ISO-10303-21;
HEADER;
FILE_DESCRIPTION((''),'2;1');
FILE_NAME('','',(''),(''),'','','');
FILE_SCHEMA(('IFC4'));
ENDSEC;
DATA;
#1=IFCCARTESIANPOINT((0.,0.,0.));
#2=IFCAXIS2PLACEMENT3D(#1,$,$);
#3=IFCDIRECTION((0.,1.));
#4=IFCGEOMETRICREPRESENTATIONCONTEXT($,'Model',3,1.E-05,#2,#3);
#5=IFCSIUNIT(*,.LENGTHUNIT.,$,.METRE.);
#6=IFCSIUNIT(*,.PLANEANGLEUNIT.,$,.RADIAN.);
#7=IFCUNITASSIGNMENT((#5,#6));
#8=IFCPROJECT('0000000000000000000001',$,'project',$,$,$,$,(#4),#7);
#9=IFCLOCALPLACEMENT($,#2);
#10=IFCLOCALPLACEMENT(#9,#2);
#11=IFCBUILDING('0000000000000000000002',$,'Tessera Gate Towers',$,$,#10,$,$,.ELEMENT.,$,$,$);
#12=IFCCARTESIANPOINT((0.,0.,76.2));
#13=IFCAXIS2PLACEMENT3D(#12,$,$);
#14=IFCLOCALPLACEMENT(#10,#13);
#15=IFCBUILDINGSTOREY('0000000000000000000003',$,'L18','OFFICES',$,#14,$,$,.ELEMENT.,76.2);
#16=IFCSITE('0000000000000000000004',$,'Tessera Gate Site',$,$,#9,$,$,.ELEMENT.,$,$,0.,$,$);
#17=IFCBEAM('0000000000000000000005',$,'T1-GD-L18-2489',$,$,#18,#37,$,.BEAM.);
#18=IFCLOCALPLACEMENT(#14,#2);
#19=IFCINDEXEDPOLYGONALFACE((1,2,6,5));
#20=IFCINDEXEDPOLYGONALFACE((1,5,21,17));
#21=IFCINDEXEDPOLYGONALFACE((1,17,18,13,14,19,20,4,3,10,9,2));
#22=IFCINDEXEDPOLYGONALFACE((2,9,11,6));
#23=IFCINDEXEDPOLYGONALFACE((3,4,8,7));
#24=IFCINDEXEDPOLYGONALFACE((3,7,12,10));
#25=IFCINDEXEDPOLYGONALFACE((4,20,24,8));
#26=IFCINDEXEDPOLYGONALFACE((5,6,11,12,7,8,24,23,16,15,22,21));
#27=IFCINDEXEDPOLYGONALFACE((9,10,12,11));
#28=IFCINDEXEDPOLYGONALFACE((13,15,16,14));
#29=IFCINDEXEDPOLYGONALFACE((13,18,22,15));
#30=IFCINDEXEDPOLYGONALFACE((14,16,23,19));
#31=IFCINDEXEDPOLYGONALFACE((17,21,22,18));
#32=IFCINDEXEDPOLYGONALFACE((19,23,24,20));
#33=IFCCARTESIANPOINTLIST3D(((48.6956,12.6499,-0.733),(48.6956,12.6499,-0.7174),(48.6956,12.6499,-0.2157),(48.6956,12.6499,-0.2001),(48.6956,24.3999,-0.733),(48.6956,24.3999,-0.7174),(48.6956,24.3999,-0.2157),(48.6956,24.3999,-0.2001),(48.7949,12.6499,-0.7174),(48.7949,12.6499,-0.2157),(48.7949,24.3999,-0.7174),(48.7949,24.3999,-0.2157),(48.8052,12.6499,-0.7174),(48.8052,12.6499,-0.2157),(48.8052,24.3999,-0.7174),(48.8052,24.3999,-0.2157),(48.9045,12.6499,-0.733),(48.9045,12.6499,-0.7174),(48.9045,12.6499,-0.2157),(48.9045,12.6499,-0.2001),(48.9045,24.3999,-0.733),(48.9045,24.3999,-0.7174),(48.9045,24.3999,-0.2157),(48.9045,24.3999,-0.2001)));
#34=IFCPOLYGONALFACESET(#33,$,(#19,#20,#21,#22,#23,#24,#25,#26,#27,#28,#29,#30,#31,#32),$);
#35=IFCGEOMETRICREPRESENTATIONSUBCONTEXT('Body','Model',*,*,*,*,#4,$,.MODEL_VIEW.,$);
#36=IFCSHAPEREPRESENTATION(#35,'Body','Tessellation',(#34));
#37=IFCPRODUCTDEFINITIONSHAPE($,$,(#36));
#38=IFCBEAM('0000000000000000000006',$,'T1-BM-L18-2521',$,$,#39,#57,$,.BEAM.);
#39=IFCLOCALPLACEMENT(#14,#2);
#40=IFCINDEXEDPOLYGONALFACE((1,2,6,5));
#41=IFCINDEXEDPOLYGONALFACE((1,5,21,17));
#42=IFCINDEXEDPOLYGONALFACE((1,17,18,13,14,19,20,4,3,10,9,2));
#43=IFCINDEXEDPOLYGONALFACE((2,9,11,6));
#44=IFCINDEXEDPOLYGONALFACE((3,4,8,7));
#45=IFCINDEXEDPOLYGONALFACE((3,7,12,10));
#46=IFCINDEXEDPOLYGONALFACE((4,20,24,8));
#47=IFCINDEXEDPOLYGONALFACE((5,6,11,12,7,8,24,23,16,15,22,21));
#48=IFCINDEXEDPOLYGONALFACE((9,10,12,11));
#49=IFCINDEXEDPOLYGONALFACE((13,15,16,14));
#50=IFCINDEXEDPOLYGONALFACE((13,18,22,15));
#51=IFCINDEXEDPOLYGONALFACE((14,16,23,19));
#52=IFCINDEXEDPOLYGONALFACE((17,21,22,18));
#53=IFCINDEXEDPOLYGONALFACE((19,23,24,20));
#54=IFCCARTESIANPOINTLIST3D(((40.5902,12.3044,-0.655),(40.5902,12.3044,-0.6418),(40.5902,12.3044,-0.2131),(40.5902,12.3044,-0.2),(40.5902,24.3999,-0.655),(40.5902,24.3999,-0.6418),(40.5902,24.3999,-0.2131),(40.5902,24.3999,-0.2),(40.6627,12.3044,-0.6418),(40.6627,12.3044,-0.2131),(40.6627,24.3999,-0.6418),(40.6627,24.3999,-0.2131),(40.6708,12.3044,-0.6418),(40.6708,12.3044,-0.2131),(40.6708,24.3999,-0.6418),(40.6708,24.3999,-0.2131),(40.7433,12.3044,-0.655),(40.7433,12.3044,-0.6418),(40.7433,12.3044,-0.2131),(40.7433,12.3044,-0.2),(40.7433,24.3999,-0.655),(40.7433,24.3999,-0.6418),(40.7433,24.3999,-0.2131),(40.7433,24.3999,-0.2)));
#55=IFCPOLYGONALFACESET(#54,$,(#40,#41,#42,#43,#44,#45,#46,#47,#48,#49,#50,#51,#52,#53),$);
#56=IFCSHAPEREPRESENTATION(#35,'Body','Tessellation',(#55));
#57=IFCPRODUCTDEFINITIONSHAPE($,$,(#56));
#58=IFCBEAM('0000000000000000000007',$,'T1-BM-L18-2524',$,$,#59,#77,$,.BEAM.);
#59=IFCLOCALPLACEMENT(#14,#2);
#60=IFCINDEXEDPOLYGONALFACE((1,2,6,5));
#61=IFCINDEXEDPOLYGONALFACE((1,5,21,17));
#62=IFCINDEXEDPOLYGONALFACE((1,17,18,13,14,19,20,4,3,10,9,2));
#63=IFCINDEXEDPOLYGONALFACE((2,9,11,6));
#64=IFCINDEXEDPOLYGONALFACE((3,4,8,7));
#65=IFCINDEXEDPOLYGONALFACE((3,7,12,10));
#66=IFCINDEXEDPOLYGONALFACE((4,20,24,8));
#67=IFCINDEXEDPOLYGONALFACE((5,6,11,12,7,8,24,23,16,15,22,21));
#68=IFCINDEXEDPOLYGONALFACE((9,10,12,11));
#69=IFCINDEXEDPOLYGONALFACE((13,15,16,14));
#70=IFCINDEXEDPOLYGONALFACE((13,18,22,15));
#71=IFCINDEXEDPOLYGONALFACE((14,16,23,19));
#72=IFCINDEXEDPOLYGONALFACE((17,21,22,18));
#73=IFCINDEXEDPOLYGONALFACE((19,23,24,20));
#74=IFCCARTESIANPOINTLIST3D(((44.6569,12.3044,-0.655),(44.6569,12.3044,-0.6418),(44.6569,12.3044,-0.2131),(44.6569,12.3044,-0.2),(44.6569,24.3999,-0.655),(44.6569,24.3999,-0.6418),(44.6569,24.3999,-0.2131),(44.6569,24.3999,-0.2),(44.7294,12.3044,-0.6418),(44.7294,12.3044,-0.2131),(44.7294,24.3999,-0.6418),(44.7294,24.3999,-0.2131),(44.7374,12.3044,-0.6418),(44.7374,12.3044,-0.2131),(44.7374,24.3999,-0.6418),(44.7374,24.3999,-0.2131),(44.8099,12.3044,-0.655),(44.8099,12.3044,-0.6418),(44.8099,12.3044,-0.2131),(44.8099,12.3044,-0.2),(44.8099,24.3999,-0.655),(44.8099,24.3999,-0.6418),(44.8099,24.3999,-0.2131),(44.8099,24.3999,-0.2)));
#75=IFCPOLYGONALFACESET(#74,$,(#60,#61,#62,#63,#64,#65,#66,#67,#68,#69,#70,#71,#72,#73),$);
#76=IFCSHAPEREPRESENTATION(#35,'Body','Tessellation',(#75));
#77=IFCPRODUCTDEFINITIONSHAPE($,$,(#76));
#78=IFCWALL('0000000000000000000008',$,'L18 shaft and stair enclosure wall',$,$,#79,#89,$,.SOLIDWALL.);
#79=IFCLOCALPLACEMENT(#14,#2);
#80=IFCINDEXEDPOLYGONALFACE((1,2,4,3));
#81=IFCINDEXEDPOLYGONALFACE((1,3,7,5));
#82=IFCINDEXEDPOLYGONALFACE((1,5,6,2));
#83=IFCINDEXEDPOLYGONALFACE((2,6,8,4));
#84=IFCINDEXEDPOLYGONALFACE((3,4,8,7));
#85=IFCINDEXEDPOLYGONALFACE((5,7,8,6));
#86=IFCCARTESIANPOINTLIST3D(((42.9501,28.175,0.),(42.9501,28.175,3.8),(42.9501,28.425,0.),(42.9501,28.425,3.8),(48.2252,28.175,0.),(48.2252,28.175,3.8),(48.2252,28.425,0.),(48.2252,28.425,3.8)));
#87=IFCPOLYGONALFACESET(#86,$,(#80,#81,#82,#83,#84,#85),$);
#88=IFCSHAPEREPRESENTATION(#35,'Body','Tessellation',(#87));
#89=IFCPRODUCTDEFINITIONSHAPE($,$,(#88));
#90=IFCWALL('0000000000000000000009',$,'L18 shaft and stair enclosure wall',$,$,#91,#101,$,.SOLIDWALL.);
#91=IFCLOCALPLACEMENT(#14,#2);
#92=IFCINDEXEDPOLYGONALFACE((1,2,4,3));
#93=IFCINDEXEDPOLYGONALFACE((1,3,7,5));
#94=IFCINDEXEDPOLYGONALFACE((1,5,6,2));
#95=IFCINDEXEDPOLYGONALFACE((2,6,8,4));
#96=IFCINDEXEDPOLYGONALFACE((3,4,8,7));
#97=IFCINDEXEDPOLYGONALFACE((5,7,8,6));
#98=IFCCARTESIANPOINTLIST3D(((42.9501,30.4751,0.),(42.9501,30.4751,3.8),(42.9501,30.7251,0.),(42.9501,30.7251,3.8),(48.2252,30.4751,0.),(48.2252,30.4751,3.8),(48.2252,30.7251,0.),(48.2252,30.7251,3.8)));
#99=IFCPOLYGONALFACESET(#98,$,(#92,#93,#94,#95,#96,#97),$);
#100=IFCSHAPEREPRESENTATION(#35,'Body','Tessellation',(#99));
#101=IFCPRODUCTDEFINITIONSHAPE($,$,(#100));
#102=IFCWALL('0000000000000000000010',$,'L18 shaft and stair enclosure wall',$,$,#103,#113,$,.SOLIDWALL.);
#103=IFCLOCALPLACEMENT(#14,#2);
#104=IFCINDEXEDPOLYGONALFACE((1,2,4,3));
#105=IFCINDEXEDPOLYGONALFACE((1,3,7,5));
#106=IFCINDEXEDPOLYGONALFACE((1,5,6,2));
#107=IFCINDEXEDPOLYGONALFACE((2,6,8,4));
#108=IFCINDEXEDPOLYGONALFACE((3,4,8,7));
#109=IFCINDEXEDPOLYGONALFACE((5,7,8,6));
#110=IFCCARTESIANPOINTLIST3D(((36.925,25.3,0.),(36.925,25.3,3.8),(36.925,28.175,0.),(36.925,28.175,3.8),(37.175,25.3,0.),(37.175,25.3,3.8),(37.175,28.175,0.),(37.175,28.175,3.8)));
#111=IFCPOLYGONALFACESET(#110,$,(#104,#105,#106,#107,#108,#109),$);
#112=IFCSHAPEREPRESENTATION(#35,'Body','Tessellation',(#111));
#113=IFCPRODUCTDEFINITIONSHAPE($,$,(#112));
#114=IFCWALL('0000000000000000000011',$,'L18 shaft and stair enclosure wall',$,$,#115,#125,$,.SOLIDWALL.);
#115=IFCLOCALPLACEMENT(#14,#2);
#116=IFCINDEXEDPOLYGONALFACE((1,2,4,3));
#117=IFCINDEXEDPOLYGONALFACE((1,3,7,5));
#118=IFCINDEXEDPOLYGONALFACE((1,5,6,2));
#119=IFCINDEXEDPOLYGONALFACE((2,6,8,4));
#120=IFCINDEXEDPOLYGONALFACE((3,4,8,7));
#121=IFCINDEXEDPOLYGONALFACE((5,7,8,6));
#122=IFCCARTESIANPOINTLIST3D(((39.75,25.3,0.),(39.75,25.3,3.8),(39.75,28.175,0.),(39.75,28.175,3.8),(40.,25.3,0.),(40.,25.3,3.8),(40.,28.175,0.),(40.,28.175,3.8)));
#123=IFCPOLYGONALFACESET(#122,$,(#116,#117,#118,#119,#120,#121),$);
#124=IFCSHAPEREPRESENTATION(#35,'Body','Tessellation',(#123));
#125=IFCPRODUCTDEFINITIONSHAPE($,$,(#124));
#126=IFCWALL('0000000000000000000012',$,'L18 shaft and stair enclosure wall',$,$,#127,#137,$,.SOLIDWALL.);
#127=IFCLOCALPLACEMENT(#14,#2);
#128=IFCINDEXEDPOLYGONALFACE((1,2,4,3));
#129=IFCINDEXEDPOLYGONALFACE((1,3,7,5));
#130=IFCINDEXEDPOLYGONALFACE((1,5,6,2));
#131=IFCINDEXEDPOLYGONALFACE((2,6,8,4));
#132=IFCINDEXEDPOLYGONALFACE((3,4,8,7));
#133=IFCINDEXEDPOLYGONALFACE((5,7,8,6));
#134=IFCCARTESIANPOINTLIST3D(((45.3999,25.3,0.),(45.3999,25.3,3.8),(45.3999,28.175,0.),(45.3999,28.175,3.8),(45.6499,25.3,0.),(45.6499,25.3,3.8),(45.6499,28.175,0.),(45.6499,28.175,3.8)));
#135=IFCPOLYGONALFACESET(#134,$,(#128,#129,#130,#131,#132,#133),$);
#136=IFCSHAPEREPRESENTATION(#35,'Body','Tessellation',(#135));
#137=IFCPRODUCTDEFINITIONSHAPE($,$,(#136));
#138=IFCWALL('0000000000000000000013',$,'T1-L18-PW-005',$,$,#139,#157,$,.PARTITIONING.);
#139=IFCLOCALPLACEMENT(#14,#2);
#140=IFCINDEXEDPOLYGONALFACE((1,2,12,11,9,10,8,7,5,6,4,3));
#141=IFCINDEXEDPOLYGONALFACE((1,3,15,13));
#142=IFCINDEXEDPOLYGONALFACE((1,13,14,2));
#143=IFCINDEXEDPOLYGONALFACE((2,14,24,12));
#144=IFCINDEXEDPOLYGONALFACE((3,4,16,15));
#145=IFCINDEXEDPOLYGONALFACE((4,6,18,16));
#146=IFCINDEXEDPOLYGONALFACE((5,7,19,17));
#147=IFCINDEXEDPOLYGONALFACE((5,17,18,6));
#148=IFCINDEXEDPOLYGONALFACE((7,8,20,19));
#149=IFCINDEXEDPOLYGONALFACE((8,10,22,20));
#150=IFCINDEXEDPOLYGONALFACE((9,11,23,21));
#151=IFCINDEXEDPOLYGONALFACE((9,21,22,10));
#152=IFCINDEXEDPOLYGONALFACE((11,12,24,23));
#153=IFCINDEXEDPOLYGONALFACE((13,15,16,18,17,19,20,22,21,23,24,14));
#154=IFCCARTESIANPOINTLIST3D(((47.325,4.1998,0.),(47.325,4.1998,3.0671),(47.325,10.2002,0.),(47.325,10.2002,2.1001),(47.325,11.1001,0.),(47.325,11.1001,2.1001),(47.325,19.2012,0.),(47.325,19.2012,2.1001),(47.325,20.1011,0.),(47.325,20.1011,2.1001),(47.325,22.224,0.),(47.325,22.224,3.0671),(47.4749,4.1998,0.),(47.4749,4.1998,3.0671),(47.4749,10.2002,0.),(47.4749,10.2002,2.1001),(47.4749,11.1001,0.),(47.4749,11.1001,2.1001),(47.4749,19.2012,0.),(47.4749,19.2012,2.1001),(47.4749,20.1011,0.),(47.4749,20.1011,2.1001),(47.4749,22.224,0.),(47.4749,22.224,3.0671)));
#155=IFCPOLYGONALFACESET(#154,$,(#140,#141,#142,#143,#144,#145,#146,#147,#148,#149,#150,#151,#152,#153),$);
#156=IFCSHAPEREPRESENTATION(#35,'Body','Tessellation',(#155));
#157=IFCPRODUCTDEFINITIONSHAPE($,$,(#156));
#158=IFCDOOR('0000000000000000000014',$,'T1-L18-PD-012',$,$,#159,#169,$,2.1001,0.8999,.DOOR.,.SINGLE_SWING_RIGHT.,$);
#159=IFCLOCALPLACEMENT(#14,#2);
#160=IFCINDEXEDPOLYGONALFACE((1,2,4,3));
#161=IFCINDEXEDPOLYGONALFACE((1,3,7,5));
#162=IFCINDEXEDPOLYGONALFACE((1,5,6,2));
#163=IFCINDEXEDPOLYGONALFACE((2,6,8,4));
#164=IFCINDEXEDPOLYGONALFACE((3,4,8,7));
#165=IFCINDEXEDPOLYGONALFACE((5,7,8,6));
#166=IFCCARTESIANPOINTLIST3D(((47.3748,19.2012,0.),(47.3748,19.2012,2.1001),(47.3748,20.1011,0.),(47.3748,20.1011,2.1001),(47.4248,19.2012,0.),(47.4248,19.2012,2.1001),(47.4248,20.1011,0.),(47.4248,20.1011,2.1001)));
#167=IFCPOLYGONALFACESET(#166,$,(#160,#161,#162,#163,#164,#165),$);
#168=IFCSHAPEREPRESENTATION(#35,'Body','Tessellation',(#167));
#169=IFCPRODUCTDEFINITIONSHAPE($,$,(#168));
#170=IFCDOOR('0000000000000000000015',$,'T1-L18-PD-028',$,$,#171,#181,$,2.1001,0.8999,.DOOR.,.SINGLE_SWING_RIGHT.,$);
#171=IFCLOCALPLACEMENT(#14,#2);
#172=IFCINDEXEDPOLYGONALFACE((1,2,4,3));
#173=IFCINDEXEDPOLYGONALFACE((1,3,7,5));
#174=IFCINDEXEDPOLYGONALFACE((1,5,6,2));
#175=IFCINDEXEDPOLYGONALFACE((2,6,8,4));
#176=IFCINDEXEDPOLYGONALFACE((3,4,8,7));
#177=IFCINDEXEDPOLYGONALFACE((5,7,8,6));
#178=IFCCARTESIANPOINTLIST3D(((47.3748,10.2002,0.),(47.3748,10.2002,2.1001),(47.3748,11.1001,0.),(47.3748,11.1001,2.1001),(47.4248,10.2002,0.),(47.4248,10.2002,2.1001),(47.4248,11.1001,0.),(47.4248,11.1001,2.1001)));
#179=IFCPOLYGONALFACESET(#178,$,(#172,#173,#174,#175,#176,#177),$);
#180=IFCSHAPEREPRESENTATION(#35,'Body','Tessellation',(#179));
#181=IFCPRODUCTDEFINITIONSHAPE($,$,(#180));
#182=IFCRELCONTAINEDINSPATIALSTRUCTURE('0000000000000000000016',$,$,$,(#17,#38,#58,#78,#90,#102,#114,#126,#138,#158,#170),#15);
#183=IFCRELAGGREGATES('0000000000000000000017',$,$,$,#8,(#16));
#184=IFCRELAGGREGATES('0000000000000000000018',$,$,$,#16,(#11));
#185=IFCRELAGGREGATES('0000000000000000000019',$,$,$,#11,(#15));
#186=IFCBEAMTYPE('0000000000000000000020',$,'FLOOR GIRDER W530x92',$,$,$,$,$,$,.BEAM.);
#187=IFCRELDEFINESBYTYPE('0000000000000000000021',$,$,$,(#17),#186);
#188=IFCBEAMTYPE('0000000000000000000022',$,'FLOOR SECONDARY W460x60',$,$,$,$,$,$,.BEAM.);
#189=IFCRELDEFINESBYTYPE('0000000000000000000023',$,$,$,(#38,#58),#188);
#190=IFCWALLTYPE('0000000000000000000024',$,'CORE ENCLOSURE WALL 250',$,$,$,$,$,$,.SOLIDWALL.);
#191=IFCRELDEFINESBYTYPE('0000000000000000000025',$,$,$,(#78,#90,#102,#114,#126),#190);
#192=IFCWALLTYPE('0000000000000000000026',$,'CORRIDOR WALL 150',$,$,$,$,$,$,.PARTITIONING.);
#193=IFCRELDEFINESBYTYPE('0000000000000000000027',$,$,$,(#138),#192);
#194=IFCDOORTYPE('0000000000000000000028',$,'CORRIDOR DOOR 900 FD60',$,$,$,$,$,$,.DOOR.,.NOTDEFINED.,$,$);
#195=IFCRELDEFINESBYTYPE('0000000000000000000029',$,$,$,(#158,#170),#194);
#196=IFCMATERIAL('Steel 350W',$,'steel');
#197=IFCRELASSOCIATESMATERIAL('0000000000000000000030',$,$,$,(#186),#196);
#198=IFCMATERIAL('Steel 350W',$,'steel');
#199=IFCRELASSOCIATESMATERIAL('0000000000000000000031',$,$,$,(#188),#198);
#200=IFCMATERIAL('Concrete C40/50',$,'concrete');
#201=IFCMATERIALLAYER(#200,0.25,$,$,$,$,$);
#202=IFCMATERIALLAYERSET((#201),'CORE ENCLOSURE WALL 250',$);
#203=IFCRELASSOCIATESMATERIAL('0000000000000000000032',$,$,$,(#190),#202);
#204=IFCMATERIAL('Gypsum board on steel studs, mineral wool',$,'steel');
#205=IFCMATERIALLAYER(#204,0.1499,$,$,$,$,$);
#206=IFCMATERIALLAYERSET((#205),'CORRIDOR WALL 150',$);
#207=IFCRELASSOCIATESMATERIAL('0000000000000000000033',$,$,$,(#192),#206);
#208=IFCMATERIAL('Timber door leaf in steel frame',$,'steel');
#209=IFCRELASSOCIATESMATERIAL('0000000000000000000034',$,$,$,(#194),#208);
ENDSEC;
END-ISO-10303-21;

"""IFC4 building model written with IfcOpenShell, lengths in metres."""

from ifc_helpers import new_model, si_unit, direction, frame, frame_2d, origin, origin_2d, place, context, subcontext, project, spatial, rectangle, i_section, extrude, source, transform, mapped, material, layer, layer_set, material_profile, profile_set, type_object, element, fill, save


model = new_model("IFC4")

# Units and contexts
model_context = context("Model", 3, precision=1e-05, world=origin(), true_north=direction((0.0, 1.0)))
body_context = subcontext(model_context, "Body", "Model", "MODEL_VIEW")
ifc_project = project(units=[si_unit("LENGTHUNIT", "METRE"), si_unit("PLANEANGLEUNIT", "RADIAN")], contexts=[model_context])

# Site, building, storey
site_placement = place(None, origin())
site = spatial("IfcSite", under=ifc_project, at=site_placement, Name="Tessera Gate Site", CompositionType="ELEMENT", RefElevation=0.0)
building_placement = place(site_placement, origin())
building = spatial("IfcBuilding", under=site, at=building_placement, Name="Tessera Gate Towers", CompositionType="ELEMENT")
storey_placement = place(building_placement, frame((0.0, 0.0, 76.2)))
storey = spatial("IfcBuildingStorey", under=building, at=storey_placement, Name="L18", Description="OFFICES", CompositionType="ELEMENT", Elevation=76.2)

# Beams
ifc_material_1 = material(Name="Steel 350W", Category="steel")
ifc_material_profile_1 = material_profile(ifc_material_1, i_section(OverallWidth=0.209, OverallDepth=0.533, WebThickness=0.0103, FlangeThickness=0.0156, at=origin_2d()), Name="W530x92")
ifc_profile_set_1 = profile_set([ifc_material_profile_1], Name="Steel 350W")
beam_type_1 = type_object("IfcBeamType", Name="FLOOR GIRDER W530x92", PredefinedType="BEAM", material=ifc_profile_set_1)
beam_placement = place(storey_placement, frame((48.8, 12.6499, -0.4666), z_axis=(0.0, 1.0, 0.0), x_axis=(-1.0, 0.0, 0.0)))
element("IfcBeam", 1, at=beam_placement, inside=storey, type_object=beam_type_1, Name="T1-GD-L18-2489", PredefinedType="BEAM", context=body_context, shape_type="SweptSolid", body=[
    extrude(i_section(OverallWidth=0.209, OverallDepth=0.533, WebThickness=0.0103, FlangeThickness=0.0156, at=origin_2d()), origin(), (0.0, 0.0, 1.0), 11.75),
])
ifc_material_2 = material(Name="Steel 350W", Category="steel")
ifc_material_profile_2 = material_profile(ifc_material_2, i_section(OverallWidth=0.1531, OverallDepth=0.4551, WebThickness=0.0081, FlangeThickness=0.0132, at=origin_2d()), Name="W460x60")
ifc_profile_set_2 = profile_set([ifc_material_profile_2], Name="Steel 350W")
beam_type_2 = type_object("IfcBeamType", Name="FLOOR SECONDARY W460x60", PredefinedType="BEAM", material=ifc_profile_set_2)
for number, where, z_axis, x_axis, name in (
    (2, (40.6667, 12.3044, -0.4275), (0.0, 1.0, 0.0), (-1.0, 0.0, 0.0), "T1-BM-L18-2521"),
    (3, (44.7334, 12.3044, -0.4275), (0.0, 1.0, 0.0), (-1.0, 0.0, 0.0), "T1-BM-L18-2524"),
):
    element("IfcBeam", number, at=place(storey_placement, frame(where, z_axis=z_axis, x_axis=x_axis)), inside=storey, type_object=beam_type_2, Name=name, PredefinedType="BEAM", context=body_context, shape_type="SweptSolid", body=[
        extrude(i_section(OverallWidth=0.1531, OverallDepth=0.4551, WebThickness=0.0081, FlangeThickness=0.0132, at=origin_2d()), origin(), (0.0, 0.0, 1.0), 12.0955),
    ])

# Walls
ifc_material_3 = material(Name="Concrete C40/50", Category="concrete")
ifc_layer_1 = layer(ifc_material_3, 0.25)
ifc_layer_set_1 = layer_set([ifc_layer_1], Name="CORE ENCLOSURE WALL 250")
wall_type_1 = type_object("IfcWallType", Name="CORE ENCLOSURE WALL 250", PredefinedType="SOLIDWALL", material=ifc_layer_set_1)
for number, where, z_axis, x_axis, name in (
    (4, (42.95, 28.3, 0.0), (0.0, 0.0, 1.0), (1.0, 0.0, 0.0), "L18 shaft and stair enclosure wall"),
    (5, (42.95, 30.6001, 0.0), (0.0, 0.0, 1.0), (1.0, 0.0, 0.0), "L18 shaft and stair enclosure wall"),
):
    element("IfcWall", number, at=place(storey_placement, frame(where, z_axis=z_axis, x_axis=x_axis)), inside=storey, type_object=wall_type_1, Name=name, PredefinedType="SOLIDWALL", context=body_context, shape_type="SweptSolid", body=[
        extrude(rectangle(XDim=5.2751, YDim=0.25, at=frame_2d((2.6377, 0.0))), origin(), (0.0, 0.0, 1.0), 3.8),
    ])
for number, where, z_axis, x_axis, name in (
    (6, (37.05, 25.3, 0.0), (0.0, 0.0, 1.0), (0.0, 1.0, 0.0), "L18 shaft and stair enclosure wall"),
    (7, (39.875, 25.3, 0.0), (0.0, 0.0, 1.0), (0.0, 1.0, 0.0), "L18 shaft and stair enclosure wall"),
    (8, (45.5249, 25.3, 0.0), (0.0, 0.0, 1.0), (0.0, 1.0, 0.0), "L18 shaft and stair enclosure wall"),
):
    element("IfcWall", number, at=place(storey_placement, frame(where, z_axis=z_axis, x_axis=x_axis)), inside=storey, type_object=wall_type_1, Name=name, PredefinedType="SOLIDWALL", context=body_context, shape_type="SweptSolid", body=[
        extrude(rectangle(XDim=2.875, YDim=0.25, at=frame_2d((1.4375, 0.0))), origin(), (0.0, 0.0, 1.0), 3.8),
    ])

# Wall, openings, doors
ifc_material_4 = material(Name="Gypsum board on steel studs, mineral wool", Category="steel")
ifc_layer_2 = layer(ifc_material_4, 0.1499)
ifc_layer_set_2 = layer_set([ifc_layer_2], Name="CORRIDOR WALL 150")
wall_type_2 = type_object("IfcWallType", Name="CORRIDOR WALL 150", PredefinedType="PARTITIONING", material=ifc_layer_set_2)
wall_1_placement = place(storey_placement, frame((47.3999, 22.2241, 0.0), z_axis=(0.0, 0.0, 1.0), x_axis=(0.0, -1.0, 0.0)))
wall_1 = element("IfcWall", 9, at=wall_1_placement, inside=storey, type_object=wall_type_2, Name="T1-L18-PW-005", PredefinedType="PARTITIONING", context=body_context, shape_type="SweptSolid", body=[
    extrude(rectangle(XDim=18.0242, YDim=0.1499, at=frame_2d((9.0122, 0.0))), origin(), (0.0, 0.0, 1.0), 3.0671),
])
shared_shape_1 = source(origin(), body_context, "Body", "SweptSolid", [
    extrude(rectangle(XDim=0.8999, YDim=2.1001, at=frame_2d((0.45, 1.05))), frame((0.0, 0.085, 0.0), z_axis=(0.0, -1.0, 0.0), x_axis=(1.0, 0.0, 0.0)), (0.0, 0.0, 1.0), 0.1699),
])
opening_1_placement = place(wall_1_placement, frame((2.123, 0.0, 0.0)))
opening_1 = element("IfcOpeningElement", 10, at=opening_1_placement, cuts=wall_1, PredefinedType="OPENING", context=body_context, shape_type="MappedRepresentation", body=[
    mapped(shared_shape_1, transform((0.0, 0.0, 0.0), scale=1.0)),
])
opening_2_placement = place(wall_1_placement, frame((11.124, 0.0, 0.0)))
opening_2 = element("IfcOpeningElement", 11, at=opening_2_placement, cuts=wall_1, PredefinedType="OPENING", context=body_context, shape_type="MappedRepresentation", body=[
    mapped(shared_shape_1, transform((0.0, 0.0, 0.0), scale=1.0)),
])
ifc_material_5 = material(Name="Timber door leaf in steel frame", Category="steel")
door_type = type_object("IfcDoorType", Name="CORRIDOR DOOR 900 FD60", OperationType="NOTDEFINED", PredefinedType="DOOR", material=ifc_material_5)
shared_shape_2 = source(origin(), body_context, "Body", "SweptSolid", [
    extrude(rectangle(XDim=0.8999, YDim=2.1001, at=frame_2d((0.45, 1.05))), frame((0.0, 0.0249, 0.0), z_axis=(0.0, -1.0, 0.0), x_axis=(1.0, 0.0, 0.0)), (0.0, 0.0, 1.0), 0.05),
])
door_1_placement = place(opening_1_placement, origin())
door_1 = element("IfcDoor", 12, at=door_1_placement, inside=storey, type_object=door_type, Name="T1-L18-PD-012", OperationType="SINGLE_SWING_RIGHT", OverallHeight=2.1001, OverallWidth=0.8999, PredefinedType="DOOR", context=body_context, shape_type="MappedRepresentation", body=[
    mapped(shared_shape_2, transform((0.0, 0.0, 0.0), scale=1.0)),
])
fill(opening_1, door_1)
door_2_placement = place(opening_2_placement, origin())
door_2 = element("IfcDoor", 13, at=door_2_placement, inside=storey, type_object=door_type, Name="T1-L18-PD-028", OperationType="SINGLE_SWING_RIGHT", OverallHeight=2.1001, OverallWidth=0.8999, PredefinedType="DOOR", context=body_context, shape_type="MappedRepresentation", body=[
    mapped(shared_shape_2, transform((0.0, 0.0, 0.0), scale=1.0)),
])
fill(opening_2, door_2)

save(model, "model.ifc")
